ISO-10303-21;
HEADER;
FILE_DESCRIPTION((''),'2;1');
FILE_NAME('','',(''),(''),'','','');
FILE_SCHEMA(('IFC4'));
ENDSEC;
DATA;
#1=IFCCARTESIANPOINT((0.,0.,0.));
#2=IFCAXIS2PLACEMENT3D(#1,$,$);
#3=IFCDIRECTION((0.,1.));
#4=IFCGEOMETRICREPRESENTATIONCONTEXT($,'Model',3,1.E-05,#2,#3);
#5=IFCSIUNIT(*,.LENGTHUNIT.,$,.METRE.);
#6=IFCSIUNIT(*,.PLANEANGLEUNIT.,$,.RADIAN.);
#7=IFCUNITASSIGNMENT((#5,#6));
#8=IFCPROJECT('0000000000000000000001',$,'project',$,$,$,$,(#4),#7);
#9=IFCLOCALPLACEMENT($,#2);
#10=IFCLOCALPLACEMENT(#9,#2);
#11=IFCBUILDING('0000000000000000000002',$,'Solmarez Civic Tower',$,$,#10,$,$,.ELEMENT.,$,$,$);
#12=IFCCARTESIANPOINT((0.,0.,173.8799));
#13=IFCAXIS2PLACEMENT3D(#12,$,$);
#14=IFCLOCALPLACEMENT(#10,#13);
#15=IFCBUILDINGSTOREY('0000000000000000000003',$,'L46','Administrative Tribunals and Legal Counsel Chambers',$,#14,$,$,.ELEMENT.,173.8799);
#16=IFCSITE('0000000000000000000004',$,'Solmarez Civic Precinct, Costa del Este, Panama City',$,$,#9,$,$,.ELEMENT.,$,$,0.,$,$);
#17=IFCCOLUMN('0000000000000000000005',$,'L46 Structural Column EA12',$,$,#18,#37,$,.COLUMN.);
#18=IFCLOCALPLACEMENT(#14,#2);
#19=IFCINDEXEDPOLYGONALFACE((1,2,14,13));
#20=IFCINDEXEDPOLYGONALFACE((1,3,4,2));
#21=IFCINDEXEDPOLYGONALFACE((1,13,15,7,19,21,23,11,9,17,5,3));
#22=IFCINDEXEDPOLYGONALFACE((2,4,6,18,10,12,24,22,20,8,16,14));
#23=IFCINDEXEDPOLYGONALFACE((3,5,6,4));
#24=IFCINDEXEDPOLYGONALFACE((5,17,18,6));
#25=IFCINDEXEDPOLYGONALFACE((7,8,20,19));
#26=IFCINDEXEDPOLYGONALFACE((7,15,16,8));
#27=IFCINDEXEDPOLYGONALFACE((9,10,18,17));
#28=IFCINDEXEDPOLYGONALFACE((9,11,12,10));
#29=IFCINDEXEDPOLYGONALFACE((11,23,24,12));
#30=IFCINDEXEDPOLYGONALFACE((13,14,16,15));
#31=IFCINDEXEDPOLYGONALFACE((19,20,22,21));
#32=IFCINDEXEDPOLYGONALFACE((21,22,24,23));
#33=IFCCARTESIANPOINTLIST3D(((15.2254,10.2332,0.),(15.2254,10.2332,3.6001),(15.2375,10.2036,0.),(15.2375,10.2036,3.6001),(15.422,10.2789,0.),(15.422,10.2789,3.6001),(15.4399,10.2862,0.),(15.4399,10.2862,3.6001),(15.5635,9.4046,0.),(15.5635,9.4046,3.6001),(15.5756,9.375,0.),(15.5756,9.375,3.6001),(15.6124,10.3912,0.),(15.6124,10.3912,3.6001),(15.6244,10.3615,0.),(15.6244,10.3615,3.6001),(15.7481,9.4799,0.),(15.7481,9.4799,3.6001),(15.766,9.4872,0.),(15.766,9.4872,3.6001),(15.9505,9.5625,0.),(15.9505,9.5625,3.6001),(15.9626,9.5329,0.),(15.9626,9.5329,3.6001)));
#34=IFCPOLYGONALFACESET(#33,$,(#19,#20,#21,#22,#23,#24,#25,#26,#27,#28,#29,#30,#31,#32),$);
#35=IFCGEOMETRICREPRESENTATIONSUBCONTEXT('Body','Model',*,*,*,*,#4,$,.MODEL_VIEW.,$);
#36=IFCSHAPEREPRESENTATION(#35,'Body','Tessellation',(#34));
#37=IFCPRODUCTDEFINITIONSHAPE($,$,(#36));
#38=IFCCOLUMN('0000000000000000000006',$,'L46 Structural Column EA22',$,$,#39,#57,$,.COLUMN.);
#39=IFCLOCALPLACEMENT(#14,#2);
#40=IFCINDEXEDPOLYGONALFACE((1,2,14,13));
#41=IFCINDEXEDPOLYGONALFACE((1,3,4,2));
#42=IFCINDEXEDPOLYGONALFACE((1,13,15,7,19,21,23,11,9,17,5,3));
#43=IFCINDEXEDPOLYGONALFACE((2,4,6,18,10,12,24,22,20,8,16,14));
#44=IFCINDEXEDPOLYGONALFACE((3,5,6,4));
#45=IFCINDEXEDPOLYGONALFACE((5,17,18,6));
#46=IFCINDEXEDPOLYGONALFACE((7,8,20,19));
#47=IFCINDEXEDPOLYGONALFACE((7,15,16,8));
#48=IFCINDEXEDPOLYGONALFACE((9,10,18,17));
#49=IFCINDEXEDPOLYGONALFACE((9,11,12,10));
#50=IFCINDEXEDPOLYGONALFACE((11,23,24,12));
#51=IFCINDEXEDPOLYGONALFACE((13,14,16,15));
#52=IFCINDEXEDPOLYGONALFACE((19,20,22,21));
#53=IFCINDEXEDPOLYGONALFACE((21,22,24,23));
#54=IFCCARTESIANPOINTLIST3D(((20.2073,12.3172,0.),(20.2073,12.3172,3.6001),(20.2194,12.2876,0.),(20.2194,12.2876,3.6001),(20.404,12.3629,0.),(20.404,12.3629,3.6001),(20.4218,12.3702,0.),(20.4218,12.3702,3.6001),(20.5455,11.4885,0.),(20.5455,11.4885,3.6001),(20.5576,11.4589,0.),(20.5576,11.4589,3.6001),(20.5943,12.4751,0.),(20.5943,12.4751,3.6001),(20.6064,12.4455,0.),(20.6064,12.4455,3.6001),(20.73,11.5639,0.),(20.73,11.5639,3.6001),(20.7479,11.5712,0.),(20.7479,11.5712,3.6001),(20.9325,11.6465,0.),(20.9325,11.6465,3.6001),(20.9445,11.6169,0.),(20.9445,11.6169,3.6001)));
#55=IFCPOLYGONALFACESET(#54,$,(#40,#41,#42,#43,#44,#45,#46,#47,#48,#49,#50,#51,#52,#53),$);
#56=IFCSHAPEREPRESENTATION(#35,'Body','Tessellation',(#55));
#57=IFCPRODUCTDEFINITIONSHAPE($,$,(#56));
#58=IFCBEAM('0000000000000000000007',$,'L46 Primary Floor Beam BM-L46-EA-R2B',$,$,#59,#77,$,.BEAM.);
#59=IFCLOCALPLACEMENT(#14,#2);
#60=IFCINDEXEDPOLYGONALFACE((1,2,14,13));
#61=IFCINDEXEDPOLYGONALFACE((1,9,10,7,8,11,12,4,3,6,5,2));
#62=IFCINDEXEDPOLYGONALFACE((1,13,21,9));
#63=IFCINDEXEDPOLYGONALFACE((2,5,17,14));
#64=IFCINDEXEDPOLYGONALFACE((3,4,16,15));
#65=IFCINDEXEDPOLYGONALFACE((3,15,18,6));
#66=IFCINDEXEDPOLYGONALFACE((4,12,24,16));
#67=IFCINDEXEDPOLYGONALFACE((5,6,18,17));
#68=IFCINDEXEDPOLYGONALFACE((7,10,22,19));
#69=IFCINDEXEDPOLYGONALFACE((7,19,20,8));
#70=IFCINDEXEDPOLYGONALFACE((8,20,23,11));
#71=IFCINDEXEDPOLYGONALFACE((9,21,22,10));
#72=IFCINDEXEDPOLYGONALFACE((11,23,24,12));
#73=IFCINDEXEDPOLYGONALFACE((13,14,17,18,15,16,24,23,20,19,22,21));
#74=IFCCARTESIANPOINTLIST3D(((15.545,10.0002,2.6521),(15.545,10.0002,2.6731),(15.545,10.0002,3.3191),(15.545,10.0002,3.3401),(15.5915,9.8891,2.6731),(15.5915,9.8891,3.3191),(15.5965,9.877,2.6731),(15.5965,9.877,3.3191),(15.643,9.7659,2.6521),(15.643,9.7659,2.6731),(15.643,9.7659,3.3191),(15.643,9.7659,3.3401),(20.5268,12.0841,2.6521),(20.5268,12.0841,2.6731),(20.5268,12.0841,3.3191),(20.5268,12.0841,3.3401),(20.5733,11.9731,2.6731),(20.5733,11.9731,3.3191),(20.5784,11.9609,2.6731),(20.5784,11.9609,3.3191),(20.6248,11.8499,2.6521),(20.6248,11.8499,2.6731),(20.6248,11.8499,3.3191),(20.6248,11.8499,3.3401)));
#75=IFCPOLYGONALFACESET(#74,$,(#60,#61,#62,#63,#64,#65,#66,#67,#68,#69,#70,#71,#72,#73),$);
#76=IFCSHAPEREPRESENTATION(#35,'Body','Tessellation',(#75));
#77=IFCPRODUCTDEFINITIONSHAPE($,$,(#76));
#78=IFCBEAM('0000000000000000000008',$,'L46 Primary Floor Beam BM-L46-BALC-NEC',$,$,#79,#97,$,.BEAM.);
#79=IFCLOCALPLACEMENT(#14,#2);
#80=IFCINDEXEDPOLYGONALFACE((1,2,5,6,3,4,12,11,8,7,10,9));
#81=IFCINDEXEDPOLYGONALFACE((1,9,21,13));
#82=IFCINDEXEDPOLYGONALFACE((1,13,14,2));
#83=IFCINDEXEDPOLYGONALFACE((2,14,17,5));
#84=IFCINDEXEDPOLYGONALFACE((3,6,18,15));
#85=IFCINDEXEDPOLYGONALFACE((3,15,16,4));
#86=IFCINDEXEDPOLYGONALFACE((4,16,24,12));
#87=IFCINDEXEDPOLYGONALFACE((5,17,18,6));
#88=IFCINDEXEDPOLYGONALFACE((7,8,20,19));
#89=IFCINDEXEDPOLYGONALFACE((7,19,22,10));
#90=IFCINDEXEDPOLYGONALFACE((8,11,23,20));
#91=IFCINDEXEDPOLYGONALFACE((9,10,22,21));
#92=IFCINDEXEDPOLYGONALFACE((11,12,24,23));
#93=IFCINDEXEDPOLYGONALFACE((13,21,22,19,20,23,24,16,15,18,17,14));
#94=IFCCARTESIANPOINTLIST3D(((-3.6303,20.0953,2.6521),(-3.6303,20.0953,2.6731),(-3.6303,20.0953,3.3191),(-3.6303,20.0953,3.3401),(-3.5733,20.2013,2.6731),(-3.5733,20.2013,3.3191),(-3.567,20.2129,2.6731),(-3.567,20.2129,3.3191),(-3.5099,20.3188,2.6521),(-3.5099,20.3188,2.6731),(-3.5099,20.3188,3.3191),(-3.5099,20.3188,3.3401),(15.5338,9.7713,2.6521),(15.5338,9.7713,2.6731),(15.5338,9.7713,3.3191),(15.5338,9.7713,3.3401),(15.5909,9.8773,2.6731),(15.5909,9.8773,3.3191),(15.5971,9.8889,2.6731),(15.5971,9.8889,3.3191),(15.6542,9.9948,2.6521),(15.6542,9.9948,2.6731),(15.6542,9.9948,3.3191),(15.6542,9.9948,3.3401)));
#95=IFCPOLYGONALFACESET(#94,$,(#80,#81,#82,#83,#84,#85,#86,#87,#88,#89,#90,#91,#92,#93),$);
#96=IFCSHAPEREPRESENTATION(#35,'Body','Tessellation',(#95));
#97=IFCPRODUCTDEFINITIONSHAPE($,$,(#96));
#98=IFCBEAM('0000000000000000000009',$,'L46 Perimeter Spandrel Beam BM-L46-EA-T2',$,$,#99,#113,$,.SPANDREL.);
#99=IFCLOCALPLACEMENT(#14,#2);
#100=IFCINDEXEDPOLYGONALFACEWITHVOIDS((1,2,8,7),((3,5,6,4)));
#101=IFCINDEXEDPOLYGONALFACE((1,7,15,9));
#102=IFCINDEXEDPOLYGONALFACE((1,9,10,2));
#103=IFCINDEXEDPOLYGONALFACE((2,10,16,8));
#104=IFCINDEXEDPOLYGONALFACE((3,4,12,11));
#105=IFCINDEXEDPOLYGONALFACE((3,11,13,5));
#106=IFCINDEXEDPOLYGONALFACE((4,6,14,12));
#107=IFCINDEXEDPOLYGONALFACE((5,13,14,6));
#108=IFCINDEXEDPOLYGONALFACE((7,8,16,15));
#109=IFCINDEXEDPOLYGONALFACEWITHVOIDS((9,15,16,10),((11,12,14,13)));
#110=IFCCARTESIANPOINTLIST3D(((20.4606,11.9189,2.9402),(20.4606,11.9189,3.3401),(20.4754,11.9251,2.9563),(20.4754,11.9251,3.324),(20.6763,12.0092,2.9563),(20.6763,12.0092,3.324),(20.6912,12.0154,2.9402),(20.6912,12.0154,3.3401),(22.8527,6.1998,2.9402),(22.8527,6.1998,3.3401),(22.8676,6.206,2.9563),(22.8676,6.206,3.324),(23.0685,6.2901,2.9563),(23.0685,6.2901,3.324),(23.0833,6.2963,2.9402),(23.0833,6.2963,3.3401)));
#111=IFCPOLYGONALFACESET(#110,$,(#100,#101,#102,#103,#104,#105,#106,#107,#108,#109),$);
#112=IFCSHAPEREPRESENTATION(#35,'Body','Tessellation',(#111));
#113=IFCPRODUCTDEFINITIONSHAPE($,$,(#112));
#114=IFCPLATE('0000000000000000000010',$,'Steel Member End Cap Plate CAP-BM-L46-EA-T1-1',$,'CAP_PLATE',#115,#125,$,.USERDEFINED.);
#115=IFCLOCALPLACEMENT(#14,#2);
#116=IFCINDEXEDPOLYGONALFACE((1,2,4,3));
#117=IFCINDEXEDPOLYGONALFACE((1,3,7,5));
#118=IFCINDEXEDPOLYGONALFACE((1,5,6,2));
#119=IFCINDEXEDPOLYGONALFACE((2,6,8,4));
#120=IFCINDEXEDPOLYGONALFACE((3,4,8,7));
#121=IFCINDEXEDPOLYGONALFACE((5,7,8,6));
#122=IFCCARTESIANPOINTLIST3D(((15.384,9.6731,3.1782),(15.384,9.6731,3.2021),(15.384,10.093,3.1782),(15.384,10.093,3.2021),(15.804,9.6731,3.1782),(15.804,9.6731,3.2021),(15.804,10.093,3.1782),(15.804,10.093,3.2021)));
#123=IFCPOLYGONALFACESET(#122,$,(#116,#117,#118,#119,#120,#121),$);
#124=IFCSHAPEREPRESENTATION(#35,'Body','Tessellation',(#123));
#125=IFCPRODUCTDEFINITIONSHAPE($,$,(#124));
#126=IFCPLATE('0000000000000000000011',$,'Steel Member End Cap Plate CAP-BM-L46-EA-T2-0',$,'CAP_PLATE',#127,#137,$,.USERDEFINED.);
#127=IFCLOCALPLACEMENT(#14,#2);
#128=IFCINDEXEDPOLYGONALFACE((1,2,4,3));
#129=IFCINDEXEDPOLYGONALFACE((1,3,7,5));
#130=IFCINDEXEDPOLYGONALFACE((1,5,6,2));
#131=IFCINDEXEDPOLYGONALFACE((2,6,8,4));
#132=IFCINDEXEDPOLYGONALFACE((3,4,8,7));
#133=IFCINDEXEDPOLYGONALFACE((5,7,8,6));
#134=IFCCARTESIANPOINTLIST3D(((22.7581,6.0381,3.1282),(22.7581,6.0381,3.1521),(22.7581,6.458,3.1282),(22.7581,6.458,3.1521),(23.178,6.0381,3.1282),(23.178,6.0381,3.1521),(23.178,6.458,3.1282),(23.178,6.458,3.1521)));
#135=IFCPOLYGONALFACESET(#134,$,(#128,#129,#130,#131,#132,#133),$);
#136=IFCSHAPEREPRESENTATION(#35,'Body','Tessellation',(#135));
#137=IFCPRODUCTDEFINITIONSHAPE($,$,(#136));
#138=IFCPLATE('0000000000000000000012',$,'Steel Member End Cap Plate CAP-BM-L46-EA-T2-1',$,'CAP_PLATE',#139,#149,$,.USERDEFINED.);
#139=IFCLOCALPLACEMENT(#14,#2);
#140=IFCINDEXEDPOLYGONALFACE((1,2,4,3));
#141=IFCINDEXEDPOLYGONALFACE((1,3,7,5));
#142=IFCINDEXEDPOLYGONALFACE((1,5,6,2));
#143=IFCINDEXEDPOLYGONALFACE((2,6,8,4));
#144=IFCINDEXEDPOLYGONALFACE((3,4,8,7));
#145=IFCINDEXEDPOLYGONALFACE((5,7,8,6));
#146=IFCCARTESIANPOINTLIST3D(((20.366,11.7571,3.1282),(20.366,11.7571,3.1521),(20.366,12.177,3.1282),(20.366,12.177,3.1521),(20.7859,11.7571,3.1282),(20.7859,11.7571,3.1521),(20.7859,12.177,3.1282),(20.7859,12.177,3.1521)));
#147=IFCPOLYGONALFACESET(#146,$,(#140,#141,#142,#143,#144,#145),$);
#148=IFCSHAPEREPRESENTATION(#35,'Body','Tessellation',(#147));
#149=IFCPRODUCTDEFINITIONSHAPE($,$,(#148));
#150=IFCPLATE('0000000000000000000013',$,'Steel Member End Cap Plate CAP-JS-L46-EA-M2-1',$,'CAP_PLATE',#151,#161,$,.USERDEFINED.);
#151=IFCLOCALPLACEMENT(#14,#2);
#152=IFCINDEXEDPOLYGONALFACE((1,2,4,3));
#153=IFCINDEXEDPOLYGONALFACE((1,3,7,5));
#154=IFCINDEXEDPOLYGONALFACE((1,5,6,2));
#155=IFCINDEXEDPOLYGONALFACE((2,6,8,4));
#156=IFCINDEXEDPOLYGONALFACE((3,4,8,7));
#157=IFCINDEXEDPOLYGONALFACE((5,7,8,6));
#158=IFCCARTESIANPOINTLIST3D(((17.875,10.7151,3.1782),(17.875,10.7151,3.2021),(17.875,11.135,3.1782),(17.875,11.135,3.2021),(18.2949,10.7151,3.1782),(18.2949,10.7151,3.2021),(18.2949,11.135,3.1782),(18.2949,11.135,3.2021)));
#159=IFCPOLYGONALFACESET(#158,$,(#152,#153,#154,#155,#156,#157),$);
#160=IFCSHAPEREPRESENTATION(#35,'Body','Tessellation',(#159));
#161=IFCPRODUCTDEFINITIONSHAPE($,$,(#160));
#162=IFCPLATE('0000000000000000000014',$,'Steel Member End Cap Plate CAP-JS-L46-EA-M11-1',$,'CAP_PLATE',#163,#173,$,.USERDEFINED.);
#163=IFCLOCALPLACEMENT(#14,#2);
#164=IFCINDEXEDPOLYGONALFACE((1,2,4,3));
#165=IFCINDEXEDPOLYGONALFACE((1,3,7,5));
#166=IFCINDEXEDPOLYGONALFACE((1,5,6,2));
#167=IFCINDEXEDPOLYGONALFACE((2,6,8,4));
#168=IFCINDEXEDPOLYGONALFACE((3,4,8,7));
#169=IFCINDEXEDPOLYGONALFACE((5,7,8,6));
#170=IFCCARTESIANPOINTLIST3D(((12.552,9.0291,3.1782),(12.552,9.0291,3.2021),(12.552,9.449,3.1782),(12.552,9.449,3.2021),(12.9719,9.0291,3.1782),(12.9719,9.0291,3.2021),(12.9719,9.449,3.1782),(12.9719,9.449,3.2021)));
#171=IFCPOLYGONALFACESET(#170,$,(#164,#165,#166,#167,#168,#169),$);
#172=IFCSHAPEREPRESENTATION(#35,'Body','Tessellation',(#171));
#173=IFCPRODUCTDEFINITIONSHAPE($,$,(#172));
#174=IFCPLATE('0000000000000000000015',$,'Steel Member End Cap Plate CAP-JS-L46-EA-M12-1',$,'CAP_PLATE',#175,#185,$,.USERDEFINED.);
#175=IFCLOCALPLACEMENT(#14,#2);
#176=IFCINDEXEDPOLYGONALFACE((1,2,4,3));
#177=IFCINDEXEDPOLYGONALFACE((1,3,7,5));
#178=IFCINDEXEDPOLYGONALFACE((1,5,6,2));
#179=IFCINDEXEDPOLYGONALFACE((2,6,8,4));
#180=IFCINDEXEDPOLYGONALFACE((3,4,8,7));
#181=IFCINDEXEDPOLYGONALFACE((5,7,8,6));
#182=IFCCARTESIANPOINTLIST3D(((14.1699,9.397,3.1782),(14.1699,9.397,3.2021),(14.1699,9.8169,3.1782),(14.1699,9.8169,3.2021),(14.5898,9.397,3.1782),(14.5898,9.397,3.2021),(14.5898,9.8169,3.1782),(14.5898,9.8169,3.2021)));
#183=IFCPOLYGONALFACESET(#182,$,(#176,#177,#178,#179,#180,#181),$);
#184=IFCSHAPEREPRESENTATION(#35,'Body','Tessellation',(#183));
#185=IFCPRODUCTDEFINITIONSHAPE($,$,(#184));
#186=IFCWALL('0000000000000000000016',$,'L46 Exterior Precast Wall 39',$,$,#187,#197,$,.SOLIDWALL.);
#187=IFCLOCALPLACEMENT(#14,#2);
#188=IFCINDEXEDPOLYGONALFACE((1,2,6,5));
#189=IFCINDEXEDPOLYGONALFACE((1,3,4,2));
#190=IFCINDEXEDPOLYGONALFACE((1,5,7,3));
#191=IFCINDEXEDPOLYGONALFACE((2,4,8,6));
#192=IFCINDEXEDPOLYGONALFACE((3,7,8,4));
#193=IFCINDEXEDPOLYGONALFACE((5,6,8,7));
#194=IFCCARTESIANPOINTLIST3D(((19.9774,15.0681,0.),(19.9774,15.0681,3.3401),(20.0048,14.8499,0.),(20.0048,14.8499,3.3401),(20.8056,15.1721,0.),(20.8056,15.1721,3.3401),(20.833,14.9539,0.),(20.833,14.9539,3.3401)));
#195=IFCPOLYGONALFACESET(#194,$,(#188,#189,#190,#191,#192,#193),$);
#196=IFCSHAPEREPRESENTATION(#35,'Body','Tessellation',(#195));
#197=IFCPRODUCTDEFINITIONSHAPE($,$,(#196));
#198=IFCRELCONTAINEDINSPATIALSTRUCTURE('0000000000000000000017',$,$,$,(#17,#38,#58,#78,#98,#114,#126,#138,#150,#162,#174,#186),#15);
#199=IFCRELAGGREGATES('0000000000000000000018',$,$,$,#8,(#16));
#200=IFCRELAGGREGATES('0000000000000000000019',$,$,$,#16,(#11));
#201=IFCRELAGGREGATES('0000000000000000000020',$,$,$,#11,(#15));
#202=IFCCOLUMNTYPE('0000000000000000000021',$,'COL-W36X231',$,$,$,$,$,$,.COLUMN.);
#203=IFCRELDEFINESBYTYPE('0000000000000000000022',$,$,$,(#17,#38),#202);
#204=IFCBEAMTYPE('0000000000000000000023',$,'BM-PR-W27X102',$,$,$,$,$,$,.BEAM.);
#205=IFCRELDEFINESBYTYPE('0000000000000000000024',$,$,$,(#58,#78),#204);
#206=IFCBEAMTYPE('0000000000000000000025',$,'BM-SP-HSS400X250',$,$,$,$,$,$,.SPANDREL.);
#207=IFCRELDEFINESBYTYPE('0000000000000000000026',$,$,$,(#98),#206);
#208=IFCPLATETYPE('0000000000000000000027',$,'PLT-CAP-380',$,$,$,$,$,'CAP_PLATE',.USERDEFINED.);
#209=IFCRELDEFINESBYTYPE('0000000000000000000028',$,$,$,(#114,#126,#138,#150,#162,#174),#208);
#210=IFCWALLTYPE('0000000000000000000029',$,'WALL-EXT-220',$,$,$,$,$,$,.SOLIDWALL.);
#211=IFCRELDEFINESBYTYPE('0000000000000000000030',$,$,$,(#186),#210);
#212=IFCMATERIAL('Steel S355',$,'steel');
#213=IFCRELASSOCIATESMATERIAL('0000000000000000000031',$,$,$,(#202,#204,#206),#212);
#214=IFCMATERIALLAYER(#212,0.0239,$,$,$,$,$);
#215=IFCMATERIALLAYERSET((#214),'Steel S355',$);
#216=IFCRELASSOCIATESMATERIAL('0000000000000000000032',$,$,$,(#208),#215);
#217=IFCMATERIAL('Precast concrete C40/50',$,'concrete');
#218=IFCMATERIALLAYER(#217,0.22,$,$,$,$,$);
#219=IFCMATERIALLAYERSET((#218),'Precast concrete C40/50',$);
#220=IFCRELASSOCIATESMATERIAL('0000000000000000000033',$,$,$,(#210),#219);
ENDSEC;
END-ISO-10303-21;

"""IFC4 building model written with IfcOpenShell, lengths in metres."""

from ifc_helpers import new_model, si_unit, direction, frame, frame_2d, origin, origin_2d, place, context, subcontext, project, spatial, rectangle, hollow_rectangle, i_section, extrude, material, layer, layer_set, material_profile, profile_set, type_object, element, save


model = new_model("IFC4")

# Units and contexts
model_context = context("Model", 3, precision=1e-05, world=origin(), true_north=direction((0.0, 1.0)))
body_context = subcontext(model_context, "Body", "Model", "MODEL_VIEW")
ifc_project = project(units=[si_unit("LENGTHUNIT", "METRE"), si_unit("PLANEANGLEUNIT", "RADIAN")], contexts=[model_context])

# Site, building, storey
site_placement = place(None, origin())
site = spatial("IfcSite", under=ifc_project, at=site_placement, Name="Solmarez Civic Precinct, Costa del Este, Panama City", CompositionType="ELEMENT", RefElevation=0.0)
building_placement = place(site_placement, origin())
building = spatial("IfcBuilding", under=site, at=building_placement, Name="Solmarez Civic Tower", CompositionType="ELEMENT")
storey_placement = place(building_placement, frame((0.0, 0.0, 173.8799)))
storey = spatial("IfcBuildingStorey", under=building, at=storey_placement, Name="L46", Description="Administrative Tribunals and Legal Counsel Chambers", CompositionType="ELEMENT", Elevation=173.8799)

# Columns
ifc_material_1 = material(Name="Steel S355", Category="steel")
ifc_material_profile_1 = material_profile(ifc_material_1, i_section(OverallWidth=0.418, OverallDepth=0.927, WebThickness=0.0193, FlangeThickness=0.032, at=origin_2d()), Name="W36X231")
ifc_profile_set_1 = profile_set([ifc_material_profile_1], Name="Steel S355")
column_type = type_object("IfcColumnType", Name="COL-W36X231", PredefinedType="COLUMN", material=ifc_profile_set_1)
for number, where, z_axis, x_axis, name in (
    (1, (15.594, 9.8831, 0.0), (0.0, 0.0, 1.0), (0.925871, 0.377841, 0.0), "L46 Structural Column EA12"),
    (2, (20.5759, 11.967, 0.0), (0.0, 0.0, 1.0), (0.925871, 0.377841, 0.0), "L46 Structural Column EA22"),
):
    element("IfcColumn", number, at=place(storey_placement, frame(where, z_axis=z_axis, x_axis=x_axis)), inside=storey, type_object=column_type, Name=name, PredefinedType="COLUMN", context=body_context, shape_type="SweptSolid", body=[
        extrude(i_section(OverallWidth=0.418, OverallDepth=0.927, WebThickness=0.0193, FlangeThickness=0.032, at=origin_2d()), origin(), (0.0, 0.0, 1.0), 3.6001),
    ])

# Beams
ifc_material_profile_2 = material_profile(ifc_material_1, i_section(OverallWidth=0.2539, OverallDepth=0.688, WebThickness=0.0132, FlangeThickness=0.021, at=origin_2d()), Name="W27X102")
ifc_profile_set_2 = profile_set([ifc_material_profile_2], Name="Steel S355")
beam_type_1 = type_object("IfcBeamType", Name="BM-PR-W27X102", PredefinedType="BEAM", material=ifc_profile_set_2)
beam_1_placement = place(storey_placement, frame((15.594, 9.8831, 2.9961), z_axis=(0.922538, 0.385905, 0.0), x_axis=(-0.385905, 0.922538, 0.0)))
element("IfcBeam", 3, at=beam_1_placement, inside=storey, type_object=beam_type_1, Name="L46 Primary Floor Beam BM-L46-EA-R2B", PredefinedType="BEAM", context=body_context, shape_type="SweptSolid", body=[
    extrude(i_section(OverallWidth=0.2539, OverallDepth=0.688, WebThickness=0.0132, FlangeThickness=0.021, at=origin_2d()), origin(), (0.0, 0.0, 1.0), 5.4001),
])
beam_2_placement = place(storey_placement, frame((15.594, 9.8831, 2.9961), z_axis=(-0.880378, 0.474273, 0.0), x_axis=(-0.474273, -0.880378, 0.0)))
element("IfcBeam", 4, at=beam_2_placement, inside=storey, type_object=beam_type_1, Name="L46 Primary Floor Beam BM-L46-BALC-NEC", PredefinedType="BEAM", context=body_context, shape_type="SweptSolid", body=[
    extrude(i_section(OverallWidth=0.2539, OverallDepth=0.688, WebThickness=0.0132, FlangeThickness=0.021, at=origin_2d()), origin(), (0.0, 0.0, 1.0), 21.7681),
])
ifc_material_profile_3 = material_profile(ifc_material_1, hollow_rectangle(XDim=0.25, YDim=0.3999, WallThickness=0.0161, at=origin_2d()), Name="HSS400X250X16")
ifc_profile_set_3 = profile_set([ifc_material_profile_3], Name="Steel S355")
beam_type_2 = type_object("IfcBeamType", Name="BM-SP-HSS400X250", PredefinedType="SPANDREL", material=ifc_profile_set_3)
beam_3_placement = place(storey_placement, frame((22.968, 6.248, 3.1401), z_axis=(-0.385876, 0.922551, 0.0), x_axis=(-0.922551, -0.385876, 0.0)))
element("IfcBeam", 5, at=beam_3_placement, inside=storey, type_object=beam_type_2, Name="L46 Perimeter Spandrel Beam BM-L46-EA-T2", PredefinedType="SPANDREL", context=body_context, shape_type="SweptSolid", body=[
    extrude(hollow_rectangle(XDim=0.25, YDim=0.3999, WallThickness=0.0161, at=origin_2d()), origin(), (0.0, 0.0, 1.0), 6.1992),
])

# Plates
ifc_layer_1 = layer(ifc_material_1, 0.0239)
ifc_layer_set_1 = layer_set([ifc_layer_1], Name="Steel S355")
plate_type = type_object("IfcPlateType", Name="PLT-CAP-380", ElementType="CAP_PLATE", PredefinedType="USERDEFINED", material=ifc_layer_set_1)
for number, where, z_axis, x_axis, name in (
    (6, (15.594, 9.8831, 3.1782), (0.0, 0.0, 1.0), (1.0, 0.0, 0.0), "Steel Member End Cap Plate CAP-BM-L46-EA-T1-1"),
    (7, (22.968, 6.248, 3.1282), (0.0, 0.0, 1.0), (1.0, 0.0, 0.0), "Steel Member End Cap Plate CAP-BM-L46-EA-T2-0"),
    (8, (20.5759, 11.967, 3.1282), (0.0, 0.0, 1.0), (1.0, 0.0, 0.0), "Steel Member End Cap Plate CAP-BM-L46-EA-T2-1"),
    (9, (18.085, 10.925, 3.1782), (0.0, 0.0, 1.0), (1.0, 0.0, 0.0), "Steel Member End Cap Plate CAP-JS-L46-EA-M2-1"),
    (10, (12.762, 9.239, 3.1782), (0.0, 0.0, 1.0), (1.0, 0.0, 0.0), "Steel Member End Cap Plate CAP-JS-L46-EA-M11-1"),
    (11, (14.3799, 9.6069, 3.1782), (0.0, 0.0, 1.0), (1.0, 0.0, 0.0), "Steel Member End Cap Plate CAP-JS-L46-EA-M12-1"),
):
    element("IfcPlate", number, at=place(storey_placement, frame(where, z_axis=z_axis, x_axis=x_axis)), inside=storey, type_object=plate_type, Name=name, ObjectType="CAP_PLATE", PredefinedType="USERDEFINED", context=body_context, shape_type="SweptSolid", body=[
        extrude(rectangle(XDim=0.4199, YDim=0.4199, at=origin_2d()), origin(), (0.0, 0.0, 1.0), 0.0239),
    ])

# Wall
ifc_material_2 = material(Name="Precast concrete C40/50", Category="concrete")
ifc_layer_2 = layer(ifc_material_2, 0.22)
ifc_layer_set_2 = layer_set([ifc_layer_2], Name="Precast concrete C40/50")
wall_type = type_object("IfcWallType", Name="WALL-EXT-220", PredefinedType="SOLIDWALL", material=ifc_layer_set_2)
wall_1_placement = place(storey_placement, frame((19.991, 14.959, 0.0), z_axis=(0.0, 0.0, 1.0), x_axis=(0.992206, 0.124611, 0.0)))
element("IfcWall", 12, at=wall_1_placement, inside=storey, type_object=wall_type, Name="L46 Exterior Precast Wall 39", PredefinedType="SOLIDWALL", context=body_context, shape_type="SweptSolid", body=[
    extrude(rectangle(XDim=0.8347, YDim=0.22, at=frame_2d((0.4175, 0.0))), origin(), (0.0, 0.0, 1.0), 3.3401),
])

save(model, "model.ifc")
